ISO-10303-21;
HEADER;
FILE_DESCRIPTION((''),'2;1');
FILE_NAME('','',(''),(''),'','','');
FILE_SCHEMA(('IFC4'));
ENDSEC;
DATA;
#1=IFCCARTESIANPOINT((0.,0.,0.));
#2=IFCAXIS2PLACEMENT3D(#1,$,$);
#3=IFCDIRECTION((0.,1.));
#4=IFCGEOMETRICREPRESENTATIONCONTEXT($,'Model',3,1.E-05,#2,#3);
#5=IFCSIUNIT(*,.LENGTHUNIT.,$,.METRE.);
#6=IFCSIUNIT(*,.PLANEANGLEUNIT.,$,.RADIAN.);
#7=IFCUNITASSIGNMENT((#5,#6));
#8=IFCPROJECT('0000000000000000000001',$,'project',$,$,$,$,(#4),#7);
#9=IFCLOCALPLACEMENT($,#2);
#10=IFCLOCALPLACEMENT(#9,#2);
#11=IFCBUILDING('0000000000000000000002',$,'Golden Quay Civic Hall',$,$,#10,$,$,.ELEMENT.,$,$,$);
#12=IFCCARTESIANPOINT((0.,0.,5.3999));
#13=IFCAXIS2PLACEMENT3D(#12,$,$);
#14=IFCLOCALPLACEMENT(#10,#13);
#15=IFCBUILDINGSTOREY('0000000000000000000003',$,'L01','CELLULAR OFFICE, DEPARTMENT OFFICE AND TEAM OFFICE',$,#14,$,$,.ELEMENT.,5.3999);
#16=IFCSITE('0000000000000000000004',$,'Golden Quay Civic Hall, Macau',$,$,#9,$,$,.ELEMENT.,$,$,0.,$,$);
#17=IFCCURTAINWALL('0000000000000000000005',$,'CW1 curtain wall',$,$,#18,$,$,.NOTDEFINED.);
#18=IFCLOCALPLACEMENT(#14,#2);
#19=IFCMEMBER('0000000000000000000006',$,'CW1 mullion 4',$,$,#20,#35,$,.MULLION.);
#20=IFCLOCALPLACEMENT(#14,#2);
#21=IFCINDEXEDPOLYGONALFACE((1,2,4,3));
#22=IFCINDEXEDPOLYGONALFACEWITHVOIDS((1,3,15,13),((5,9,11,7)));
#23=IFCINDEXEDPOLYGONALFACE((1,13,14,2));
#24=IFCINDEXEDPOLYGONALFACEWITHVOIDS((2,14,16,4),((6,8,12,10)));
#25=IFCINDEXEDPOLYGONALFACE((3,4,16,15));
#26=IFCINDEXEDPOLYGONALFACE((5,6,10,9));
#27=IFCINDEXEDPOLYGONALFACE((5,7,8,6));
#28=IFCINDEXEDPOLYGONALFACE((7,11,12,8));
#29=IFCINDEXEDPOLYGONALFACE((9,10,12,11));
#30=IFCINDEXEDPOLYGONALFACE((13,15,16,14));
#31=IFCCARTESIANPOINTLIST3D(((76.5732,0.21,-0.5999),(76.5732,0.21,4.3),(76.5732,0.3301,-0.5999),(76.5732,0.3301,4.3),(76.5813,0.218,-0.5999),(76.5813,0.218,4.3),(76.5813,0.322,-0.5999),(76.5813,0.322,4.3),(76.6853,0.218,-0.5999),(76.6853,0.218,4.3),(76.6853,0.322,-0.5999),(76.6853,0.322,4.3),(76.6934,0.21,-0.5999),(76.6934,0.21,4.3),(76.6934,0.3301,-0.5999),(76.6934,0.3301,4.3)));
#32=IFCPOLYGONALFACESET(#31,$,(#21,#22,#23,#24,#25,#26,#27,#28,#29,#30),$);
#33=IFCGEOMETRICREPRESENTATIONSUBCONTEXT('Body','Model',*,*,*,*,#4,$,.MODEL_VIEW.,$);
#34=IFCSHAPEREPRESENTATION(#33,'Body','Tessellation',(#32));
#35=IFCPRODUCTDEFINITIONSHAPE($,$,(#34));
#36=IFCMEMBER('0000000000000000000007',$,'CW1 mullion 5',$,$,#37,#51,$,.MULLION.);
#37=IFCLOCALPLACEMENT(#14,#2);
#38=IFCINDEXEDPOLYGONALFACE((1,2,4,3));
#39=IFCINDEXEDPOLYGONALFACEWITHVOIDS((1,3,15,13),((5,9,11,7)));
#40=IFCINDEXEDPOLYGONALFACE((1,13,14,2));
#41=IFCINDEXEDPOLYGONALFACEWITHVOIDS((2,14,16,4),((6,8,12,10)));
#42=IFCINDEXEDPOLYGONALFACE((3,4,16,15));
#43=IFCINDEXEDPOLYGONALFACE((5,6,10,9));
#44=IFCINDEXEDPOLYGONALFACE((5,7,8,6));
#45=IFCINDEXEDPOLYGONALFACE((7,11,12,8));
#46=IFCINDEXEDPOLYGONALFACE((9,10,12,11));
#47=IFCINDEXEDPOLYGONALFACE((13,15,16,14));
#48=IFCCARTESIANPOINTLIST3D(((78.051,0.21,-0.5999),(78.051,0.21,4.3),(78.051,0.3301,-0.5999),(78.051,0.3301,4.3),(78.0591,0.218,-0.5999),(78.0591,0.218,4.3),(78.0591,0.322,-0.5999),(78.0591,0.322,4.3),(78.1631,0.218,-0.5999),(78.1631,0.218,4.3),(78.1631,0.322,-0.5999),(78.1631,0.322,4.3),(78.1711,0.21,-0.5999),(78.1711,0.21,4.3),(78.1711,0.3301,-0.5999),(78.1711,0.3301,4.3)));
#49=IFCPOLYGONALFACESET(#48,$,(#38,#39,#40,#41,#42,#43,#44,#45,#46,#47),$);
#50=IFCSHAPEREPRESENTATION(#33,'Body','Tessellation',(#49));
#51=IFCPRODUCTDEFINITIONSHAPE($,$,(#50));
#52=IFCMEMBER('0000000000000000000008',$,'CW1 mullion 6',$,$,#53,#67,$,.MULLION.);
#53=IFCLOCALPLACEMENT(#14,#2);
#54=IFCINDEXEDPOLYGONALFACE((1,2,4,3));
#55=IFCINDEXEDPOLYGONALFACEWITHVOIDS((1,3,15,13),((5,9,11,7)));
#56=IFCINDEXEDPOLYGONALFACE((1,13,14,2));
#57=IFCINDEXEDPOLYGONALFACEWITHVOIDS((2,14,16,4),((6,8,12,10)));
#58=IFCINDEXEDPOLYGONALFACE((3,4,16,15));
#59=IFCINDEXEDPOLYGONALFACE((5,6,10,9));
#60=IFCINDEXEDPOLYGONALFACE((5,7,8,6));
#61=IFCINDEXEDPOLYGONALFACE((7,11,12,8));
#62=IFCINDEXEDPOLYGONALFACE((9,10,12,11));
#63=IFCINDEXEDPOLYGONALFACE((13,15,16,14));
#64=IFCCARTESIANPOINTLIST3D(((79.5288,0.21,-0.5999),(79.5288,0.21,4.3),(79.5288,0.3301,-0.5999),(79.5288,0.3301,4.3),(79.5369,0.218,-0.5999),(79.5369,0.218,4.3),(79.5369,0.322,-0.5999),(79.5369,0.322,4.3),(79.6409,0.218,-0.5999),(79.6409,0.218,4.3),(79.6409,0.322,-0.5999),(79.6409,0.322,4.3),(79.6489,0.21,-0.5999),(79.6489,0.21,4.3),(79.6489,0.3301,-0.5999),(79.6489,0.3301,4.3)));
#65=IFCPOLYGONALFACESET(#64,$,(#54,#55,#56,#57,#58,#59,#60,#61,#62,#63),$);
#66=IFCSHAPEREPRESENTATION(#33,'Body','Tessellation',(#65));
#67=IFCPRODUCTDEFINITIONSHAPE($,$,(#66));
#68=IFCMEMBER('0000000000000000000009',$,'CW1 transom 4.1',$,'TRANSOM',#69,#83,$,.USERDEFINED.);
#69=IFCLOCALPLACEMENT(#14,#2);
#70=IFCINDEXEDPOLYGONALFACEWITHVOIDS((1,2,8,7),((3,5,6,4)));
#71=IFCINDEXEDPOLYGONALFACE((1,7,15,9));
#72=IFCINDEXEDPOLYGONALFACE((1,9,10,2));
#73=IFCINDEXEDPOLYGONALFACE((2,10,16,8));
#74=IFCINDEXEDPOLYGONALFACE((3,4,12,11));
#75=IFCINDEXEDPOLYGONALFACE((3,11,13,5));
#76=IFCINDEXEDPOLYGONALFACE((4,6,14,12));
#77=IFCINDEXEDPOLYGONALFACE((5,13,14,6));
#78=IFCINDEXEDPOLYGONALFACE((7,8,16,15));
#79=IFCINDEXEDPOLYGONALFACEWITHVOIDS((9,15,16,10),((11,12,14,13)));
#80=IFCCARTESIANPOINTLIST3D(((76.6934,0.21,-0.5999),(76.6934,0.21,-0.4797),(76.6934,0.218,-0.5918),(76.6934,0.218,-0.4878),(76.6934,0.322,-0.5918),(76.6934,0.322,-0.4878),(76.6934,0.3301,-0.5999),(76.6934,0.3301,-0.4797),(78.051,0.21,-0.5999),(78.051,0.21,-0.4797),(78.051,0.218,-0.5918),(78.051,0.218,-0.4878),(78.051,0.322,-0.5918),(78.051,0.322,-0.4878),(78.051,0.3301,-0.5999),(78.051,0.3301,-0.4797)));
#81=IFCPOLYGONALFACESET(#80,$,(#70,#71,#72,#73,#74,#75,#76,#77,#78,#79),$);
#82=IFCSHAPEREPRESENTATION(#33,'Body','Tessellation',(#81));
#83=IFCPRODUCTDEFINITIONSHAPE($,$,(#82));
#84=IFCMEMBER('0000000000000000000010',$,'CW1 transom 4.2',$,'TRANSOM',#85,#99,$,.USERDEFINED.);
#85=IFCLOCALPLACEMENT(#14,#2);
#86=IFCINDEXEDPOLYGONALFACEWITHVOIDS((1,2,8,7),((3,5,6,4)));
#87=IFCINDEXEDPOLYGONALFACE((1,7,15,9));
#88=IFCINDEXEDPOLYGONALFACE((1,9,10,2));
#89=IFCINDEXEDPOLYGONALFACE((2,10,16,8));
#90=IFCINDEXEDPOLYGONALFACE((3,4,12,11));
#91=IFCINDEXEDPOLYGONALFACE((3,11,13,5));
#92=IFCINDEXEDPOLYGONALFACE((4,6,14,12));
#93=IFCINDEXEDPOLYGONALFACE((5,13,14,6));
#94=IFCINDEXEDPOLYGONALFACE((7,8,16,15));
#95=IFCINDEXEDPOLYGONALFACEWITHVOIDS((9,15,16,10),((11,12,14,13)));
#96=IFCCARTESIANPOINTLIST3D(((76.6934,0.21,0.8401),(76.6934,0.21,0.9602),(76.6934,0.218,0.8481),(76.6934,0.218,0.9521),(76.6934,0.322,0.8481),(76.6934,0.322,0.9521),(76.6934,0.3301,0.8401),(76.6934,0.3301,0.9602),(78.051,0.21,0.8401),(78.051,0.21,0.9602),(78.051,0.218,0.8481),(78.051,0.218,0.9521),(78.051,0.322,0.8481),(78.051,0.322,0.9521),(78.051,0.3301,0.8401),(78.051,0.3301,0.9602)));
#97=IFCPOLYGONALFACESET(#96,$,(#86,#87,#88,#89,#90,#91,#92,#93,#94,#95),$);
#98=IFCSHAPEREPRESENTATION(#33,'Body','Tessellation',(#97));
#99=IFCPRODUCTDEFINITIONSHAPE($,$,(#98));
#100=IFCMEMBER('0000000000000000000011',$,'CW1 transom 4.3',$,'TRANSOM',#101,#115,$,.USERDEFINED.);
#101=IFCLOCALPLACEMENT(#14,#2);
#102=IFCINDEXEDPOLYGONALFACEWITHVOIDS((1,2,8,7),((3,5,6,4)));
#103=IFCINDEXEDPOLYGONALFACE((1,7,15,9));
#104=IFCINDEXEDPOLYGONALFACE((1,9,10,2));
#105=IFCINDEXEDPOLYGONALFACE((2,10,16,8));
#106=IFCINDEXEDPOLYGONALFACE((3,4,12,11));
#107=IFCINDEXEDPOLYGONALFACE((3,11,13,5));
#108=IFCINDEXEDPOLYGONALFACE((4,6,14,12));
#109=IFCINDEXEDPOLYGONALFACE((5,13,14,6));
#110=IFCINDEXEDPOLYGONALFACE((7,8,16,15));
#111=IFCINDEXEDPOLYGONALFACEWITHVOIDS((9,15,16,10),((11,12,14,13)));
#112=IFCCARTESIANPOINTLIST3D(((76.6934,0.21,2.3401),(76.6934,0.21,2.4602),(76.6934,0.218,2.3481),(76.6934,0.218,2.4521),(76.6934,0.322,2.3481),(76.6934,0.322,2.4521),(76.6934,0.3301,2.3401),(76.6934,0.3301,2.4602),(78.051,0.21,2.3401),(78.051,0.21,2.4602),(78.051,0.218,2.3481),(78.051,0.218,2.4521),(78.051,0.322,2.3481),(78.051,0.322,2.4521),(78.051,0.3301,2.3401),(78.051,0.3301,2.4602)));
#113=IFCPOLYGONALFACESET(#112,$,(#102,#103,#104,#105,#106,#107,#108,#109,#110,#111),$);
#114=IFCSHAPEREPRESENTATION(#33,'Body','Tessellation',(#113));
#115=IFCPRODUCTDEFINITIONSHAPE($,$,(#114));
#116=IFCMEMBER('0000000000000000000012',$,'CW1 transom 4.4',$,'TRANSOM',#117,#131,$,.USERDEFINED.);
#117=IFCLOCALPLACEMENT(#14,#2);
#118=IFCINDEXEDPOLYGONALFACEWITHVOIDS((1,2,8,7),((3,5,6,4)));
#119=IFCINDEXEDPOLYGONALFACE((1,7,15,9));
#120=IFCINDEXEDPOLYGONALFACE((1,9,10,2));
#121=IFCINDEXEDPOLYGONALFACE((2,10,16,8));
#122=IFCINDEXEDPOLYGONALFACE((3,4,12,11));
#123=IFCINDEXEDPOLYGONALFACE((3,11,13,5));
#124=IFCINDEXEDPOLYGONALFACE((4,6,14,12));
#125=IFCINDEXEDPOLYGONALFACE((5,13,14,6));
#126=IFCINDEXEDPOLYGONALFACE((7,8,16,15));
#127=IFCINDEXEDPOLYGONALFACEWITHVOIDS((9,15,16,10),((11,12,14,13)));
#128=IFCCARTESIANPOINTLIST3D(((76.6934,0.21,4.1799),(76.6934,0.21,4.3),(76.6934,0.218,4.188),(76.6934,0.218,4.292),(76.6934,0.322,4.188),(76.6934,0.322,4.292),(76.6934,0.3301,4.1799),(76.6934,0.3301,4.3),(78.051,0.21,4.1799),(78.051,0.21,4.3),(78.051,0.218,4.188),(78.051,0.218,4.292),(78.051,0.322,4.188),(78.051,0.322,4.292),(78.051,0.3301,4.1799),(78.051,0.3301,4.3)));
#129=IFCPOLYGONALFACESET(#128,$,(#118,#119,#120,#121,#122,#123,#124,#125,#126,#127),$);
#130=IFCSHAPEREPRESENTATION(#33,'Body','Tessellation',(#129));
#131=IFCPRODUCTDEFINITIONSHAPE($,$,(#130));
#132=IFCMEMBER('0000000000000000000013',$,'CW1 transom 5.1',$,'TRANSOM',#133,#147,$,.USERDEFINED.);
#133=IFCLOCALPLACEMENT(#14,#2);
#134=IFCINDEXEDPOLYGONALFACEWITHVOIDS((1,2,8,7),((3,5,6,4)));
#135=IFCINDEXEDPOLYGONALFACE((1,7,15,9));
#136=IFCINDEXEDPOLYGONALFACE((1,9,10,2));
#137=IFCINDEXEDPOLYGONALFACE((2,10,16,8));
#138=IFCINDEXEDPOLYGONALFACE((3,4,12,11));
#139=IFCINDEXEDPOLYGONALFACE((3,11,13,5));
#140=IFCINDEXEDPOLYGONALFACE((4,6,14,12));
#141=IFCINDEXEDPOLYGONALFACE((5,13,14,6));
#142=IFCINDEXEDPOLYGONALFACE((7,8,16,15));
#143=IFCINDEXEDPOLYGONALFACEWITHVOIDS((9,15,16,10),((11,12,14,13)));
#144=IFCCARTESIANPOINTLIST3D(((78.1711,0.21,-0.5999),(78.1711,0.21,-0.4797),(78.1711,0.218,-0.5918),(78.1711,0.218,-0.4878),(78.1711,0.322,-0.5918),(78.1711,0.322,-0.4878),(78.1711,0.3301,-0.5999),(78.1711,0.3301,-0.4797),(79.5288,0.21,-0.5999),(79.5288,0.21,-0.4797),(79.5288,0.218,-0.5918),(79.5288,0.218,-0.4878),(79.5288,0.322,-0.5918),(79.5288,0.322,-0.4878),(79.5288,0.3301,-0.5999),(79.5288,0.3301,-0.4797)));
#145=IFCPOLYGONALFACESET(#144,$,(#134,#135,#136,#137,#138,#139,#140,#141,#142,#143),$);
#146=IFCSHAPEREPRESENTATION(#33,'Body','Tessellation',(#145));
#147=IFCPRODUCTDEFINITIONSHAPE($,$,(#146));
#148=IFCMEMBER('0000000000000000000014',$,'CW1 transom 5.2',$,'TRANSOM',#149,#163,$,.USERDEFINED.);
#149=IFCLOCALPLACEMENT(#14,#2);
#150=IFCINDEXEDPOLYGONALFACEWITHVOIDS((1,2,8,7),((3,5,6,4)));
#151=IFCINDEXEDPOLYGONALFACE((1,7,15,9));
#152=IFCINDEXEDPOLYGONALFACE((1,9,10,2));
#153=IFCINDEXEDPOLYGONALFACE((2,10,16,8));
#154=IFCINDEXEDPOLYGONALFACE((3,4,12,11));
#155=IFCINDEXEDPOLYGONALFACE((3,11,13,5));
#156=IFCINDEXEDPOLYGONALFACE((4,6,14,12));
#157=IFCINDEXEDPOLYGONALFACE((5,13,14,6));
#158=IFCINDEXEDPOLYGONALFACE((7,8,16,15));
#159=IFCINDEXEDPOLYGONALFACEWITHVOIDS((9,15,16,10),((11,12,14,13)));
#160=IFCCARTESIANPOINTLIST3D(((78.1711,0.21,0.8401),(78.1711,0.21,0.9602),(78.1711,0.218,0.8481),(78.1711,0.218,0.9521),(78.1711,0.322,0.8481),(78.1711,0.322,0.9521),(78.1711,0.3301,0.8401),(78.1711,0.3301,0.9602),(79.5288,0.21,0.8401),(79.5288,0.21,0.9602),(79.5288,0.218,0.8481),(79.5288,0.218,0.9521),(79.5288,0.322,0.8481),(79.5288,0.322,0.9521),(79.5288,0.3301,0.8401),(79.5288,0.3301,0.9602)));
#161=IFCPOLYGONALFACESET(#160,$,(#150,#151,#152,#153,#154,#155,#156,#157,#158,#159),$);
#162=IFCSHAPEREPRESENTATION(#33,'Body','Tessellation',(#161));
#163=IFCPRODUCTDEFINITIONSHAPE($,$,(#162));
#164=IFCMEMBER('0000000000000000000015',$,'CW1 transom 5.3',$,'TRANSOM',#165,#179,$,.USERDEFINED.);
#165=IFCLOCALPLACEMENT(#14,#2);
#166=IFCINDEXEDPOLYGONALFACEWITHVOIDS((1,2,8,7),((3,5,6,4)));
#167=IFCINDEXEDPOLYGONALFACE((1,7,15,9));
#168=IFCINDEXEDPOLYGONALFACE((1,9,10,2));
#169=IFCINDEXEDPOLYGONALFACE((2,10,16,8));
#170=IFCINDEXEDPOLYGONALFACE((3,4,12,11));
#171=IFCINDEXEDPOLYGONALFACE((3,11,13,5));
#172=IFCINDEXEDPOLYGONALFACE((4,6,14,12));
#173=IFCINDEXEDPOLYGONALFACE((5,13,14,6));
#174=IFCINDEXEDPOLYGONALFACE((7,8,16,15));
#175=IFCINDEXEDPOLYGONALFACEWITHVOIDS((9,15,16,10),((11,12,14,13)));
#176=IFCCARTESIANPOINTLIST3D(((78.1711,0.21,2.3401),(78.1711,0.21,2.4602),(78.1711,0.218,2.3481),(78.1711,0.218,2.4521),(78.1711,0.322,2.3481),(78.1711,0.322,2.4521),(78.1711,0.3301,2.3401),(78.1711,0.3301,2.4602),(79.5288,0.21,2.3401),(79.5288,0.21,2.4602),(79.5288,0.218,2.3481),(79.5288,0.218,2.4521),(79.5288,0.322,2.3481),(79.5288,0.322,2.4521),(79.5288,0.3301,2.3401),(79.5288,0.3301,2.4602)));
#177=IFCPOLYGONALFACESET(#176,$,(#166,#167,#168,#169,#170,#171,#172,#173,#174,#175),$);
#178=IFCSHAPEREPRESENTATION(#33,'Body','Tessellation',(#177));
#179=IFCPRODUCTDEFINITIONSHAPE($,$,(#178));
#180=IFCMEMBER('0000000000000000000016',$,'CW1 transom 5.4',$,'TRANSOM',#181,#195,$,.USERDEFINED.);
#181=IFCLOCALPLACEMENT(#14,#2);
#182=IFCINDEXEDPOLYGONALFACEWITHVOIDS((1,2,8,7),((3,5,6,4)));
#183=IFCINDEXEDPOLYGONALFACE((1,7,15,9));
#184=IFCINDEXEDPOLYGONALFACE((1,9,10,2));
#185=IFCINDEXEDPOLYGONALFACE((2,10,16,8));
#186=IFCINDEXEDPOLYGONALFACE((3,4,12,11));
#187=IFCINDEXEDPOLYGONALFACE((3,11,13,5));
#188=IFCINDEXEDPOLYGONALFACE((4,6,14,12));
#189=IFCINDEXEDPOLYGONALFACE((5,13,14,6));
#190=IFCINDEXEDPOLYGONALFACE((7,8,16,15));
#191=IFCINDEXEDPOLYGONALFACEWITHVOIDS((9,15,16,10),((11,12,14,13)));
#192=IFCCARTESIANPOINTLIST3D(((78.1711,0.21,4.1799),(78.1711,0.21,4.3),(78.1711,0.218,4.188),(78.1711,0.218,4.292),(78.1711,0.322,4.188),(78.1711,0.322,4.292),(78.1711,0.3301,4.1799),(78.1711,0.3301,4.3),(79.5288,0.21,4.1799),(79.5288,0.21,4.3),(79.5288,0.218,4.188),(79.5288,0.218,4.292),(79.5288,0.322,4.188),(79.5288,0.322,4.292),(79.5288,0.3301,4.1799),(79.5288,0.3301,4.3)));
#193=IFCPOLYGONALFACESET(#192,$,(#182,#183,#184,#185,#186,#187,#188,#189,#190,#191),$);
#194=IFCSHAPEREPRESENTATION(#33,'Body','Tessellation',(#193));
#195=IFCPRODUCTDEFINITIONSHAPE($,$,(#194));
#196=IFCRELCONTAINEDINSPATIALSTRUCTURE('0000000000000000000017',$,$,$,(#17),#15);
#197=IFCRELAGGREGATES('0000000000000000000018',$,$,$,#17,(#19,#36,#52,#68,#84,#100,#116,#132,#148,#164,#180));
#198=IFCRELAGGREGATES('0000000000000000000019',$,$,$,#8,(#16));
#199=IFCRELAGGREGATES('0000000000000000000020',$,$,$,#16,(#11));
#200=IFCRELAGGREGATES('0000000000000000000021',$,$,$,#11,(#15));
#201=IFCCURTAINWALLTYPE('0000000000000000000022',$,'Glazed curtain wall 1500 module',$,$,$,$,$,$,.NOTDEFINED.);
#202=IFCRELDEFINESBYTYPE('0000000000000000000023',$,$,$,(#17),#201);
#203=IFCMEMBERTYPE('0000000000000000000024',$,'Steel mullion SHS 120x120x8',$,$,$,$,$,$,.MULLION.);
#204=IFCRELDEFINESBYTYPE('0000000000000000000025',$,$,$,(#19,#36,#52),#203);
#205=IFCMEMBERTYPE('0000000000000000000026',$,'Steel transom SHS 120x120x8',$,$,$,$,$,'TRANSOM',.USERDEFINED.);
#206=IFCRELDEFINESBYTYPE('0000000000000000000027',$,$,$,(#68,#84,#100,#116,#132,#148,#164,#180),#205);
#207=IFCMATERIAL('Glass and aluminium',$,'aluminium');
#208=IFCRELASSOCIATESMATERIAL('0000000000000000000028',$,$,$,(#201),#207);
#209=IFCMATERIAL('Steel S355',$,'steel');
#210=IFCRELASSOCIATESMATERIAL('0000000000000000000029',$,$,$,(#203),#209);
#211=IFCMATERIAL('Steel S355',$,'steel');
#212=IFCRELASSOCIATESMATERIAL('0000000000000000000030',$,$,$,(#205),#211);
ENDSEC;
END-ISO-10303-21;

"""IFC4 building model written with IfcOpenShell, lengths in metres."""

from ifc_helpers import new_model, si_unit, direction, frame, origin, origin_2d, place, context, subcontext, project, spatial, hollow_rectangle, extrude, material, material_profile, profile_set, type_object, element, aggregate, save


model = new_model("IFC4")

# Units and contexts
model_context = context("Model", 3, precision=1e-05, world=origin(), true_north=direction((0.0, 1.0)))
body_context = subcontext(model_context, "Body", "Model", "MODEL_VIEW")
ifc_project = project(units=[si_unit("LENGTHUNIT", "METRE"), si_unit("PLANEANGLEUNIT", "RADIAN")], contexts=[model_context])

# Site, building, storey
site_placement = place(None, origin())
site = spatial("IfcSite", under=ifc_project, at=site_placement, Name="Golden Quay Civic Hall, Macau", CompositionType="ELEMENT", RefElevation=0.0)
building_placement = place(site_placement, origin())
building = spatial("IfcBuilding", under=site, at=building_placement, Name="Golden Quay Civic Hall", CompositionType="ELEMENT")
storey_placement = place(building_placement, frame((0.0, 0.0, 5.3999)))
storey = spatial("IfcBuildingStorey", under=building, at=storey_placement, Name="L01", Description="CELLULAR OFFICE, DEPARTMENT OFFICE AND TEAM OFFICE", CompositionType="ELEMENT", Elevation=5.3999)

# Curtain wall, members
ifc_material_1 = material(Name="Glass and aluminium", Category="aluminium")
curtain_wall_type = type_object("IfcCurtainWallType", Name="Glazed curtain wall 1500 module", PredefinedType="NOTDEFINED", material=ifc_material_1)
curtain_wall_placement = place(storey_placement, origin())
curtain_wall = element("IfcCurtainWall", 1, at=curtain_wall_placement, inside=storey, type_object=curtain_wall_type, Name="CW1 curtain wall", PredefinedType="NOTDEFINED")
ifc_material_2 = material(Name="Steel S355", Category="steel")
ifc_material_profile_1 = material_profile(ifc_material_2, hollow_rectangle(XDim=0.1201, YDim=0.1201, WallThickness=0.0081, at=origin_2d()), Name="SHS 120x120x8")
ifc_profile_set_1 = profile_set([ifc_material_profile_1], Name="Steel S355")
member_type_1 = type_object("IfcMemberType", Name="Steel mullion SHS 120x120x8", PredefinedType="MULLION", material=ifc_profile_set_1)
member_1_placement = place(storey_placement, frame((76.6333, 0.27, -0.5999), z_axis=(0.0, 0.0, 1.0), x_axis=(0.0, 1.0, 0.0)))
member_1 = element("IfcMember", 2, at=member_1_placement, type_object=member_type_1, Name="CW1 mullion 4", PredefinedType="MULLION", context=body_context, shape_type="SweptSolid", body=[
    extrude(hollow_rectangle(XDim=0.1201, YDim=0.1201, WallThickness=0.0081, at=origin_2d()), origin(), (0.0, 0.0, 1.0), 4.8999),
])
member_2_placement = place(storey_placement, frame((78.1111, 0.27, -0.5999), z_axis=(0.0, 0.0, 1.0), x_axis=(0.0, 1.0, 0.0)))
member_2 = element("IfcMember", 3, at=member_2_placement, type_object=member_type_1, Name="CW1 mullion 5", PredefinedType="MULLION", context=body_context, shape_type="SweptSolid", body=[
    extrude(hollow_rectangle(XDim=0.1201, YDim=0.1201, WallThickness=0.0081, at=origin_2d()), origin(), (0.0, 0.0, 1.0), 4.8999),
])
member_3_placement = place(storey_placement, frame((79.5889, 0.27, -0.5999), z_axis=(0.0, 0.0, 1.0), x_axis=(0.0, 1.0, 0.0)))
member_3 = element("IfcMember", 4, at=member_3_placement, type_object=member_type_1, Name="CW1 mullion 6", PredefinedType="MULLION", context=body_context, shape_type="SweptSolid", body=[
    extrude(hollow_rectangle(XDim=0.1201, YDim=0.1201, WallThickness=0.0081, at=origin_2d()), origin(), (0.0, 0.0, 1.0), 4.8999),
])
ifc_material_3 = material(Name="Steel S355", Category="steel")
ifc_material_profile_2 = material_profile(ifc_material_3, hollow_rectangle(XDim=0.1201, YDim=0.1201, WallThickness=0.0081, at=origin_2d()), Name="SHS 120x120x8")
ifc_profile_set_2 = profile_set([ifc_material_profile_2], Name="Steel S355")
member_type_2 = type_object("IfcMemberType", Name="Steel transom SHS 120x120x8", ElementType="TRANSOM", PredefinedType="USERDEFINED", material=ifc_profile_set_2)
member_4_placement = place(storey_placement, frame((76.6934, 0.27, -0.5398), z_axis=(1.0, 0.0, 0.0), x_axis=(0.0, 1.0, 0.0)))
member_4 = element("IfcMember", 5, at=member_4_placement, type_object=member_type_2, Name="CW1 transom 4.1", ObjectType="TRANSOM", PredefinedType="USERDEFINED", context=body_context, shape_type="SweptSolid", body=[
    extrude(hollow_rectangle(XDim=0.1201, YDim=0.1201, WallThickness=0.0081, at=origin_2d()), origin(), (0.0, 0.0, 1.0), 1.3577),
])
member_5_placement = place(storey_placement, frame((76.6934, 0.27, 0.9001), z_axis=(1.0, 0.0, 0.0), x_axis=(0.0, 1.0, 0.0)))
member_5 = element("IfcMember", 6, at=member_5_placement, type_object=member_type_2, Name="CW1 transom 4.2", ObjectType="TRANSOM", PredefinedType="USERDEFINED", context=body_context, shape_type="SweptSolid", body=[
    extrude(hollow_rectangle(XDim=0.1201, YDim=0.1201, WallThickness=0.0081, at=origin_2d()), origin(), (0.0, 0.0, 1.0), 1.3577),
])
member_6_placement = place(storey_placement, frame((76.6934, 0.27, 2.4001), z_axis=(1.0, 0.0, 0.0), x_axis=(0.0, 1.0, 0.0)))
member_6 = element("IfcMember", 7, at=member_6_placement, type_object=member_type_2, Name="CW1 transom 4.3", ObjectType="TRANSOM", PredefinedType="USERDEFINED", context=body_context, shape_type="SweptSolid", body=[
    extrude(hollow_rectangle(XDim=0.1201, YDim=0.1201, WallThickness=0.0081, at=origin_2d()), origin(), (0.0, 0.0, 1.0), 1.3577),
])
member_7_placement = place(storey_placement, frame((76.6934, 0.27, 4.24), z_axis=(1.0, 0.0, 0.0), x_axis=(0.0, 1.0, 0.0)))
member_7 = element("IfcMember", 8, at=member_7_placement, type_object=member_type_2, Name="CW1 transom 4.4", ObjectType="TRANSOM", PredefinedType="USERDEFINED", context=body_context, shape_type="SweptSolid", body=[
    extrude(hollow_rectangle(XDim=0.1201, YDim=0.1201, WallThickness=0.0081, at=origin_2d()), origin(), (0.0, 0.0, 1.0), 1.3577),
])
member_8_placement = place(storey_placement, frame((78.1711, 0.27, -0.5398), z_axis=(1.0, 0.0, 0.0), x_axis=(0.0, 1.0, 0.0)))
member_8 = element("IfcMember", 9, at=member_8_placement, type_object=member_type_2, Name="CW1 transom 5.1", ObjectType="TRANSOM", PredefinedType="USERDEFINED", context=body_context, shape_type="SweptSolid", body=[
    extrude(hollow_rectangle(XDim=0.1201, YDim=0.1201, WallThickness=0.0081, at=origin_2d()), origin(), (0.0, 0.0, 1.0), 1.3577),
])
member_9_placement = place(storey_placement, frame((78.1711, 0.27, 0.9001), z_axis=(1.0, 0.0, 0.0), x_axis=(0.0, 1.0, 0.0)))
member_9 = element("IfcMember", 10, at=member_9_placement, type_object=member_type_2, Name="CW1 transom 5.2", ObjectType="TRANSOM", PredefinedType="USERDEFINED", context=body_context, shape_type="SweptSolid", body=[
    extrude(hollow_rectangle(XDim=0.1201, YDim=0.1201, WallThickness=0.0081, at=origin_2d()), origin(), (0.0, 0.0, 1.0), 1.3577),
])
member_10_placement = place(storey_placement, frame((78.1711, 0.27, 2.4001), z_axis=(1.0, 0.0, 0.0), x_axis=(0.0, 1.0, 0.0)))
member_10 = element("IfcMember", 11, at=member_10_placement, type_object=member_type_2, Name="CW1 transom 5.3", ObjectType="TRANSOM", PredefinedType="USERDEFINED", context=body_context, shape_type="SweptSolid", body=[
    extrude(hollow_rectangle(XDim=0.1201, YDim=0.1201, WallThickness=0.0081, at=origin_2d()), origin(), (0.0, 0.0, 1.0), 1.3577),
])
member_11_placement = place(storey_placement, frame((78.1711, 0.27, 4.24), z_axis=(1.0, 0.0, 0.0), x_axis=(0.0, 1.0, 0.0)))
member_11 = element("IfcMember", 12, at=member_11_placement, type_object=member_type_2, Name="CW1 transom 5.4", ObjectType="TRANSOM", PredefinedType="USERDEFINED", context=body_context, shape_type="SweptSolid", body=[
    extrude(hollow_rectangle(XDim=0.1201, YDim=0.1201, WallThickness=0.0081, at=origin_2d()), origin(), (0.0, 0.0, 1.0), 1.3577),
])
aggregate(curtain_wall, [member_1, member_2, member_3, member_4, member_5, member_6, member_7, member_8, member_9, member_10, member_11])

save(model, "model.ifc")
